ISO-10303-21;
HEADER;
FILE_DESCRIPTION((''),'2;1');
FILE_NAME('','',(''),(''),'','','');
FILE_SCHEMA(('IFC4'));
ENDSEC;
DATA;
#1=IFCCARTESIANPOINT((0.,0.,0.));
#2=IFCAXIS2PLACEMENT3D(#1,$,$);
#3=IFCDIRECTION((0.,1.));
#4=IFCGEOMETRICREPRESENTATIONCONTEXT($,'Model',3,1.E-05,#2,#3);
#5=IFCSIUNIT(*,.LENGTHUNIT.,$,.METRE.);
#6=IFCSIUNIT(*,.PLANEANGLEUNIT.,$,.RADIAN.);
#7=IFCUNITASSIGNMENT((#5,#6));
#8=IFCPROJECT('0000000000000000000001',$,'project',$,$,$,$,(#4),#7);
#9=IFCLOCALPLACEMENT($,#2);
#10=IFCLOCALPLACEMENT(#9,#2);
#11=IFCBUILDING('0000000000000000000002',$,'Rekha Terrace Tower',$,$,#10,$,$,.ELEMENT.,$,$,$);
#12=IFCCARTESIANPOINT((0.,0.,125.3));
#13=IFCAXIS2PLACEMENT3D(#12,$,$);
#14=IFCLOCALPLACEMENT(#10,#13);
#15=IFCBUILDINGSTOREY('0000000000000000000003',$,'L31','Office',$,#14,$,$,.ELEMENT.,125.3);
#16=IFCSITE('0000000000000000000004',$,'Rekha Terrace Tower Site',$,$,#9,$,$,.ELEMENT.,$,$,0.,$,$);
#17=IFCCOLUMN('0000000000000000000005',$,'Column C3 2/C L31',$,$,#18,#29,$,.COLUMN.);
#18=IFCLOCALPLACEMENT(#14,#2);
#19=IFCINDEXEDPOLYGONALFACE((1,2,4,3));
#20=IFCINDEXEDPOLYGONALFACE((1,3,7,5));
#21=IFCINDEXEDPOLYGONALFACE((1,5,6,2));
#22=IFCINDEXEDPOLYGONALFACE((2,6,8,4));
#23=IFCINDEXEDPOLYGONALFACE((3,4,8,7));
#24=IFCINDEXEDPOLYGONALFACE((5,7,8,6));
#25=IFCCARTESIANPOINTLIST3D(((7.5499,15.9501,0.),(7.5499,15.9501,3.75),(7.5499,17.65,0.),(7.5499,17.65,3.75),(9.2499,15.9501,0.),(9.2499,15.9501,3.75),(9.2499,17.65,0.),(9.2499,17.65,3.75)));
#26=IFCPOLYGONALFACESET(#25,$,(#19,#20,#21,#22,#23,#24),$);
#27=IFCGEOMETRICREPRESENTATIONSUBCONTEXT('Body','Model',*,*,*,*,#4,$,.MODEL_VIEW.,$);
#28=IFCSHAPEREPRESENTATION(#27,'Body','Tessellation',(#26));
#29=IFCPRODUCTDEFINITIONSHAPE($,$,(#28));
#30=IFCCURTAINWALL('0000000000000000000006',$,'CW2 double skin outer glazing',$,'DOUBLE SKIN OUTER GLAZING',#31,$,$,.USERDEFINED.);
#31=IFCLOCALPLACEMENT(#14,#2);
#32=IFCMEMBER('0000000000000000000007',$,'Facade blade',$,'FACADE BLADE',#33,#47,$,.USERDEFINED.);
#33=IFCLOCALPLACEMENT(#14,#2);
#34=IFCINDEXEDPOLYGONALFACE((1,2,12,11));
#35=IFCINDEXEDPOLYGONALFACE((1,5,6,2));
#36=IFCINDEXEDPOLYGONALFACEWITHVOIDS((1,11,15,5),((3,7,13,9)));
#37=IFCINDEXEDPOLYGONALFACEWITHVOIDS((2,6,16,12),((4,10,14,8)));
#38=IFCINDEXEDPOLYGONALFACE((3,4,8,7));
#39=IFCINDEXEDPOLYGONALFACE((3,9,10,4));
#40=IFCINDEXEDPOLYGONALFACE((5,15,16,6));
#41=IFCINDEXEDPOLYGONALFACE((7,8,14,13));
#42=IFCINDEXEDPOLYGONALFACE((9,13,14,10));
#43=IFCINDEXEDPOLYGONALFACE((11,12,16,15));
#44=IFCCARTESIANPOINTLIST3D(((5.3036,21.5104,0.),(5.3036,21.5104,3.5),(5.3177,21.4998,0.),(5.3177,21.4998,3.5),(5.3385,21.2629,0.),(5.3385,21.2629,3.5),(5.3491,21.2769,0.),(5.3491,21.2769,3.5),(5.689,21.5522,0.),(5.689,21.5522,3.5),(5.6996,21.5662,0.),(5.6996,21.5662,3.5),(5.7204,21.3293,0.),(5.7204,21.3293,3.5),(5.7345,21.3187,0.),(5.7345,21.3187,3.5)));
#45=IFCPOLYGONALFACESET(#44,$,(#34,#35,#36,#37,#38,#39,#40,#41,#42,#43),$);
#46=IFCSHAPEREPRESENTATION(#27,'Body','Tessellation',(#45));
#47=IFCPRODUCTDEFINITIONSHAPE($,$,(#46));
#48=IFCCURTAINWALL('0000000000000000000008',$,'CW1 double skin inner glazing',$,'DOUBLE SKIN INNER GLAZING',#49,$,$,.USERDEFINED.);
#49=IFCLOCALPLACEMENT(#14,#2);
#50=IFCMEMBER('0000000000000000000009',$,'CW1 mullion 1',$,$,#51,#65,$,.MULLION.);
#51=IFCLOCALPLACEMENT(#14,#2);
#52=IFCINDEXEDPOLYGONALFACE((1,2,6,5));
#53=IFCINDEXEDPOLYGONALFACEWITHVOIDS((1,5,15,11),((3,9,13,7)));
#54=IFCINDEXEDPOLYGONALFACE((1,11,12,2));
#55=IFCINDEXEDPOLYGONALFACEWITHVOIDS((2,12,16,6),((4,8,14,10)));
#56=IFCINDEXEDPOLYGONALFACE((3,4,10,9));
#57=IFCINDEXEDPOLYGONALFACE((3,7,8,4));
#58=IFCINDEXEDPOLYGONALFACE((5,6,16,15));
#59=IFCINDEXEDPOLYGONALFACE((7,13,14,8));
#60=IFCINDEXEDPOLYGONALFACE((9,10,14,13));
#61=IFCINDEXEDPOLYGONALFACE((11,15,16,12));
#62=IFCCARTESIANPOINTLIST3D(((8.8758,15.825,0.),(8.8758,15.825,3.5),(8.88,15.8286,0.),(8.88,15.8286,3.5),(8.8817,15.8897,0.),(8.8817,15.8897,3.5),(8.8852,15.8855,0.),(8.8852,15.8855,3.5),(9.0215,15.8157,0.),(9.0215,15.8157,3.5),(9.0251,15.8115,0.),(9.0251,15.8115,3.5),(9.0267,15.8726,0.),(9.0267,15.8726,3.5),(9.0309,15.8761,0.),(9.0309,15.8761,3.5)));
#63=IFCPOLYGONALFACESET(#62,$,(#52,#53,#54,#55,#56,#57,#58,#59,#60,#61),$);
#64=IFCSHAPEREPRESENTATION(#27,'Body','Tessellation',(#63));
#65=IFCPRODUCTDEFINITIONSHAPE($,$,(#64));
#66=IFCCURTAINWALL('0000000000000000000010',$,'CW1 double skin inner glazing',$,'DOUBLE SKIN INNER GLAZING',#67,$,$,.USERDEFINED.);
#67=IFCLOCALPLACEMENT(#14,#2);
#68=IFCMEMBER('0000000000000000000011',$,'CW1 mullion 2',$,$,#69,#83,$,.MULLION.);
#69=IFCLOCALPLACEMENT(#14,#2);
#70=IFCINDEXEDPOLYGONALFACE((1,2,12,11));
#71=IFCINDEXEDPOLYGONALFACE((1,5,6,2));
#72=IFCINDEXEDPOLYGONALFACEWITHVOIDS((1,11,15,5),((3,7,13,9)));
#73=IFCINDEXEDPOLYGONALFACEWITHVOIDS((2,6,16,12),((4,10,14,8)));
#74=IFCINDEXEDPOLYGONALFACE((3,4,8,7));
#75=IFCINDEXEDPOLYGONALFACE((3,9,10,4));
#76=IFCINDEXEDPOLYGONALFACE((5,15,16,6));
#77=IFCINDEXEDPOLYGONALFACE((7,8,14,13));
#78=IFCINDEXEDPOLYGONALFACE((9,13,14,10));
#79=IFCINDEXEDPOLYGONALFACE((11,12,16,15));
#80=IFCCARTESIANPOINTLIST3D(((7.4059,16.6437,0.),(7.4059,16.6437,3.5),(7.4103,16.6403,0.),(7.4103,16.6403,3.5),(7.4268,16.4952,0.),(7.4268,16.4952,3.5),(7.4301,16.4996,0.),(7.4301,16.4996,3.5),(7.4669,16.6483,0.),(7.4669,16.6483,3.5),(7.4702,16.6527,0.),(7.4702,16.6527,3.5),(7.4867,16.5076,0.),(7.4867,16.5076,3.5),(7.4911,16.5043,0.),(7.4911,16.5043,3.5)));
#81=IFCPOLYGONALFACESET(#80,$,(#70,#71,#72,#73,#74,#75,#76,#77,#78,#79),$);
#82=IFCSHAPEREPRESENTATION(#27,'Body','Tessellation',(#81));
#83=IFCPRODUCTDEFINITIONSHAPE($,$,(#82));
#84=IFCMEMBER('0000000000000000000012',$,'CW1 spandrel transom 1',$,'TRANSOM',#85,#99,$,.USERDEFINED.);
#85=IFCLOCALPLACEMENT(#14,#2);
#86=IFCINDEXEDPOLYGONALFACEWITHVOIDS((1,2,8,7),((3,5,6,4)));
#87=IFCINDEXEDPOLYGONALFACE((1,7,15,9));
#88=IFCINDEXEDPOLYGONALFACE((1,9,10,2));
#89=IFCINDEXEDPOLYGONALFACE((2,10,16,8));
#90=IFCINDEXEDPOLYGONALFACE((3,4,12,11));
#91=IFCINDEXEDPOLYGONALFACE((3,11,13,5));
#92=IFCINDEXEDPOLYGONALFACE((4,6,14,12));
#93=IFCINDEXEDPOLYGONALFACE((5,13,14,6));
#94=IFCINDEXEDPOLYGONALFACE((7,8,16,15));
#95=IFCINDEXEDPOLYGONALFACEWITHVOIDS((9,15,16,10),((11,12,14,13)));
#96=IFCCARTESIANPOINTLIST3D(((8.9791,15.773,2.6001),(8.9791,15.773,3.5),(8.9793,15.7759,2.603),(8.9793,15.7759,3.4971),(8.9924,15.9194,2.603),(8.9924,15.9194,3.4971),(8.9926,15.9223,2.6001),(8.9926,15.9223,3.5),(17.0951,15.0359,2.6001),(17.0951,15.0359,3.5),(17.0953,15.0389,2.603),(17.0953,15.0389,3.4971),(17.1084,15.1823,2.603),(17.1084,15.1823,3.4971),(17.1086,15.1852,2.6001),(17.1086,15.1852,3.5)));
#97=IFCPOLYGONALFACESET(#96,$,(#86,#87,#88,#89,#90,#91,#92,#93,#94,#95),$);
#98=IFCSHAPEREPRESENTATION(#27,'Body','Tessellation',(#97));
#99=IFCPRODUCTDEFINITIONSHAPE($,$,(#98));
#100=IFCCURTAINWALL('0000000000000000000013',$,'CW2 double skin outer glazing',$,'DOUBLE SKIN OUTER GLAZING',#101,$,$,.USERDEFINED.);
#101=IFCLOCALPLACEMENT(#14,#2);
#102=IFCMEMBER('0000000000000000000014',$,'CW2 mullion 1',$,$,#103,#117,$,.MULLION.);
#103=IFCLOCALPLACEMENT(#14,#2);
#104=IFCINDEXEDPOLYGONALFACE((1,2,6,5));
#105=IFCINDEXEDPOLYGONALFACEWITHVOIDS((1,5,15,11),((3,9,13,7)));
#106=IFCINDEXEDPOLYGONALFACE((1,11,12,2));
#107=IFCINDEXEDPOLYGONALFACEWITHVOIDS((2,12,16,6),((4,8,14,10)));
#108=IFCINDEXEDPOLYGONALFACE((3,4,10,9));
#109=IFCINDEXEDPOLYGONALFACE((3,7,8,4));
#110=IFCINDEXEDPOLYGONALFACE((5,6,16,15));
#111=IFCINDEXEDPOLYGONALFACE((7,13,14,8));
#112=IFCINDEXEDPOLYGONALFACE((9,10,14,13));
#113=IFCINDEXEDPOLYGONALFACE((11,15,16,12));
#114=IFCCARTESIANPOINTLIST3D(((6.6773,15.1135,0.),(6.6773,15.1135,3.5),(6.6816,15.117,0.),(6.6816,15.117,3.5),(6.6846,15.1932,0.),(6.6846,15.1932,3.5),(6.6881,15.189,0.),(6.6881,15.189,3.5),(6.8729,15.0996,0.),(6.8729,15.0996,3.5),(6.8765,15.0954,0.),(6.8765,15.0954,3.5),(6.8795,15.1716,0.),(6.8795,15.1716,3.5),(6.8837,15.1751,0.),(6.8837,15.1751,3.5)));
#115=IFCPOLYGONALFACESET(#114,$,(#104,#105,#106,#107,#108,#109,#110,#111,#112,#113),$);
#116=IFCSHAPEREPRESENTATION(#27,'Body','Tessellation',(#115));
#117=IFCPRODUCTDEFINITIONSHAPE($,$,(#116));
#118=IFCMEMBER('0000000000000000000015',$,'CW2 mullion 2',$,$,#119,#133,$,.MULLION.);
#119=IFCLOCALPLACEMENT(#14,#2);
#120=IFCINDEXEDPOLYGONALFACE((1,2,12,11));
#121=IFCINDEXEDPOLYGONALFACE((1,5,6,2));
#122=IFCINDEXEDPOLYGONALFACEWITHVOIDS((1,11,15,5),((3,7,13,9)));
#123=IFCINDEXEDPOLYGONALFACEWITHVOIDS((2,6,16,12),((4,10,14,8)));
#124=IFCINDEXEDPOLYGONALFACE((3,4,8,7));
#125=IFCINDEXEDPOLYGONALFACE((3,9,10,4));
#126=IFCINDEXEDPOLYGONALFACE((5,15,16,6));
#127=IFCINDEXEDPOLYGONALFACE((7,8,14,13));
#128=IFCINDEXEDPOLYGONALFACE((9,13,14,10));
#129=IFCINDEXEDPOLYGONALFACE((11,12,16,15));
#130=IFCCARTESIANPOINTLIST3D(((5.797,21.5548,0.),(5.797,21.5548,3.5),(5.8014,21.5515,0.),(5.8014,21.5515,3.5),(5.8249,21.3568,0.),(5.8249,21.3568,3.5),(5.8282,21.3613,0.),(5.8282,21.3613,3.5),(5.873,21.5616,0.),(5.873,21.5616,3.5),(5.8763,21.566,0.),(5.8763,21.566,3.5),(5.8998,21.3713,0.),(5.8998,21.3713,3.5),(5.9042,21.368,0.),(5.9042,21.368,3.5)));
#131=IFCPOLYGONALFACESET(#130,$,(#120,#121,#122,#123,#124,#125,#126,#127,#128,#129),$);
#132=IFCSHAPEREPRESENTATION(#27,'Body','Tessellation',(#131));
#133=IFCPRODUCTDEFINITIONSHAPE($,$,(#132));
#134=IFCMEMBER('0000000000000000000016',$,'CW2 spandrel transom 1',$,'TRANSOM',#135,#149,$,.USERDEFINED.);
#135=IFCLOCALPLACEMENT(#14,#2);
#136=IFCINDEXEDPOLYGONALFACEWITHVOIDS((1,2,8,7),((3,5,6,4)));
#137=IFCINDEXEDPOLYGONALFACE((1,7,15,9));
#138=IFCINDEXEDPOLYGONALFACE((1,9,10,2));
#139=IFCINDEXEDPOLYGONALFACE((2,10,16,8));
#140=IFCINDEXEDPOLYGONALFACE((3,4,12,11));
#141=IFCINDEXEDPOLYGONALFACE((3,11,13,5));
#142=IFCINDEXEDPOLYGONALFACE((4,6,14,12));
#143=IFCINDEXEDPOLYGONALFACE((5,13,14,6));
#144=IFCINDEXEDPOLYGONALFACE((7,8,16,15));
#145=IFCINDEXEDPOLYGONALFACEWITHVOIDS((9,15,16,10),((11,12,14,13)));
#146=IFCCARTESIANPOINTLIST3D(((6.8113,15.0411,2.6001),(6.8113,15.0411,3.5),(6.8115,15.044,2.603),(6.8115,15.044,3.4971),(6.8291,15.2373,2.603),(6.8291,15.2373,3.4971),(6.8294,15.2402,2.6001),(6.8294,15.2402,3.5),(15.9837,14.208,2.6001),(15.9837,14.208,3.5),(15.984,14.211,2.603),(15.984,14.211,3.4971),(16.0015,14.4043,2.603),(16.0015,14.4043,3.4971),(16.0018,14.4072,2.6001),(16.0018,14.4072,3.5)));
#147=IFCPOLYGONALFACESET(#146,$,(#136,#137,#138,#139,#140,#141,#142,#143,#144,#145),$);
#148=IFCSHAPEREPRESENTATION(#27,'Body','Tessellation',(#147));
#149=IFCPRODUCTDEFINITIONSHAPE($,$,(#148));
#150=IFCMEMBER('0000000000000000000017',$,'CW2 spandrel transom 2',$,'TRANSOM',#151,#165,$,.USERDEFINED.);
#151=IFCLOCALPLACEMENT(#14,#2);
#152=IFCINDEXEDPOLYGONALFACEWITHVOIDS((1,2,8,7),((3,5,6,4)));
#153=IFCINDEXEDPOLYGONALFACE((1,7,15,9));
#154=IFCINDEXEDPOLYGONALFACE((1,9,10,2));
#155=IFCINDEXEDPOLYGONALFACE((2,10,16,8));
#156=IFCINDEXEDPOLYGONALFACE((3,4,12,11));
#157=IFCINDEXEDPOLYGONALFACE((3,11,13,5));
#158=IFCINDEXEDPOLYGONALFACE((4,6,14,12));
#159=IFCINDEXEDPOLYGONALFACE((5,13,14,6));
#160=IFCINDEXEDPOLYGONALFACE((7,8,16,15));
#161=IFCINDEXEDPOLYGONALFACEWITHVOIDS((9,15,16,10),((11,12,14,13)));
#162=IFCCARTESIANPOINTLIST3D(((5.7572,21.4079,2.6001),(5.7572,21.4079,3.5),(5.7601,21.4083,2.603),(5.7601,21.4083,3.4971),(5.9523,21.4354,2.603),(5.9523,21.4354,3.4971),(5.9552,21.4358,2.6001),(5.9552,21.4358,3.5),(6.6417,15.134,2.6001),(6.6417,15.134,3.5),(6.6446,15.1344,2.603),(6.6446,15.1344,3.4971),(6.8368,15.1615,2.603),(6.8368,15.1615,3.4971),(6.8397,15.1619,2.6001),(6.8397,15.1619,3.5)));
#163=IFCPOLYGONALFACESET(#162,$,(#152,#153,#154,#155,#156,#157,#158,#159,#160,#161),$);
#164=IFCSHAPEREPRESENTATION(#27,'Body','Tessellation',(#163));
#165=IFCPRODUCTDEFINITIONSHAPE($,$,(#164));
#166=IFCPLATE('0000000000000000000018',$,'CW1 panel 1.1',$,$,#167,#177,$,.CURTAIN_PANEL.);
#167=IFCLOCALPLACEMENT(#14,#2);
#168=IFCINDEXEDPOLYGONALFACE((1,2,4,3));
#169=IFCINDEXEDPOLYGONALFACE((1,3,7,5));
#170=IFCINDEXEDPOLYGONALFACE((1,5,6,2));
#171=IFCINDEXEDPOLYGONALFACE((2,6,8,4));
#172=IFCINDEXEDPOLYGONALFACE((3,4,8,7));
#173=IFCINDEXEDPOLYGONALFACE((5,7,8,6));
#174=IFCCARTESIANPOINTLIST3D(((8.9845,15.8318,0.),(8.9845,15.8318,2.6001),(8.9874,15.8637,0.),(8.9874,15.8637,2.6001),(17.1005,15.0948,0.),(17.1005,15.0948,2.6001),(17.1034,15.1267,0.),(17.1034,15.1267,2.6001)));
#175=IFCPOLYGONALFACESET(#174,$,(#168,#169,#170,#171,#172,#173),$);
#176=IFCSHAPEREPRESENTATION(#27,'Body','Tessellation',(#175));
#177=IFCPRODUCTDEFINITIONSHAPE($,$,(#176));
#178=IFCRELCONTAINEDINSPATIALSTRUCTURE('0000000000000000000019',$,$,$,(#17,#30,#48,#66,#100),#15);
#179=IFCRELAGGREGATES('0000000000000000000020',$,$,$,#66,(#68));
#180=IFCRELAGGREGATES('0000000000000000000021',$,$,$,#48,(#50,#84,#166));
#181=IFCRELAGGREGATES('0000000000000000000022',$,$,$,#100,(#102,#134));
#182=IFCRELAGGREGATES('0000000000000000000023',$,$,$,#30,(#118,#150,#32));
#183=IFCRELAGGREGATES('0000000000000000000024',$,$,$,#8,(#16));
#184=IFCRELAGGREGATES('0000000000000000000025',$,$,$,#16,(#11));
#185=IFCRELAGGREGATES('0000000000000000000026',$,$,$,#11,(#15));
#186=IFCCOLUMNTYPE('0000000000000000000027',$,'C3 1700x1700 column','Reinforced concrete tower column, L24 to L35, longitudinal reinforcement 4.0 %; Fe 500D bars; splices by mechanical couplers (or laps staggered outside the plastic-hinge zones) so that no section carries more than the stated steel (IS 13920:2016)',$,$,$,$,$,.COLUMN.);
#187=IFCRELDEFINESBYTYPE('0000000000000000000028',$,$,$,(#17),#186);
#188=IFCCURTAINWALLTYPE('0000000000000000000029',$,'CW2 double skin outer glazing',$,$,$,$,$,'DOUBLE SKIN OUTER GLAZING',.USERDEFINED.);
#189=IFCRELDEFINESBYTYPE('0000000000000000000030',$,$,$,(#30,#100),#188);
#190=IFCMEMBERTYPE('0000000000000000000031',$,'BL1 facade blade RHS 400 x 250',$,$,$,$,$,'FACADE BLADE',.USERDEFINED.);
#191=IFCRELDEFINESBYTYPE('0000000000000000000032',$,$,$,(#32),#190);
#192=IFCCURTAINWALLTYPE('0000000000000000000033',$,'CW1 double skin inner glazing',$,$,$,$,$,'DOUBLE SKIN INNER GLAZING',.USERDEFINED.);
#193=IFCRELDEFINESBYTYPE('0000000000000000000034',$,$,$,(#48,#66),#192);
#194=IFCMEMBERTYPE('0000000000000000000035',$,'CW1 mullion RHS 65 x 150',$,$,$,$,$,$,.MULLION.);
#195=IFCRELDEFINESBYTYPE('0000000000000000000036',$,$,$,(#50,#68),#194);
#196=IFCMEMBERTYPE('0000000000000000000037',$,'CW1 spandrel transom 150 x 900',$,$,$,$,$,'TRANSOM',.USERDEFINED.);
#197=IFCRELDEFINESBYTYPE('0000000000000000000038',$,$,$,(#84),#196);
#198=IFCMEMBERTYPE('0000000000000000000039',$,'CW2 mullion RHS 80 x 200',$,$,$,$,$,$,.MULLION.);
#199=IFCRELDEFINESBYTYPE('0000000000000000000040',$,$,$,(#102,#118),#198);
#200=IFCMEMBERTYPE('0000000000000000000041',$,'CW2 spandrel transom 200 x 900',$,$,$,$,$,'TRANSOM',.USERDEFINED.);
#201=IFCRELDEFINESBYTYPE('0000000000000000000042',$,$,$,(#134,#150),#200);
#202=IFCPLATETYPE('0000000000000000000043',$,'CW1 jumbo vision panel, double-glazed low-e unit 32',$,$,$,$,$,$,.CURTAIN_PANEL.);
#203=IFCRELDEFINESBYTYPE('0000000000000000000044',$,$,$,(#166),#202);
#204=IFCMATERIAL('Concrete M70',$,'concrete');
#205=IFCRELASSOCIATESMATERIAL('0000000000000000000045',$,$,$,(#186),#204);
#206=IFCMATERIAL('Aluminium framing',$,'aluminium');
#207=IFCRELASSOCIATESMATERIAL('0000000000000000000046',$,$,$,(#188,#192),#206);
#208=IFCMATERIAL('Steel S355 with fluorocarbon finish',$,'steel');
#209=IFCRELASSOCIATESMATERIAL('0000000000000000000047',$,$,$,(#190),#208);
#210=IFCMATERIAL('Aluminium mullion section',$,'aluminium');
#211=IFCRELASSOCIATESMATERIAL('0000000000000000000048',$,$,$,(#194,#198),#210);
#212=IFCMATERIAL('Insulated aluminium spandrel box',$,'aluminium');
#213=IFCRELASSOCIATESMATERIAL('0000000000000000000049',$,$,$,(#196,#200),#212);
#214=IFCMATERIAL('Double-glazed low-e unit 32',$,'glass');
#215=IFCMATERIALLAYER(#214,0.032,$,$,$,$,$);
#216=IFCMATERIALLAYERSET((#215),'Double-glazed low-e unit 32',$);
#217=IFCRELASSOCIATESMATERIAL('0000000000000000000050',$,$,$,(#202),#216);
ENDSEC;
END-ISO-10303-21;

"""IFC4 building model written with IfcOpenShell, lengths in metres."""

from ifc_helpers import new_model, si_unit, direction, frame, origin, origin_2d, place, context, subcontext, project, spatial, rectangle, hollow_rectangle, extrude, material, layer, layer_set, material_profile, profile_set, type_object, element, aggregate, save


model = new_model("IFC4")

# Units and contexts
model_context = context("Model", 3, precision=1e-05, world=origin(), true_north=direction((0.0, 1.0)))
body_context = subcontext(model_context, "Body", "Model", "MODEL_VIEW")
ifc_project = project(units=[si_unit("LENGTHUNIT", "METRE"), si_unit("PLANEANGLEUNIT", "RADIAN")], contexts=[model_context])

# Site, building, storey
site_placement = place(None, origin())
site = spatial("IfcSite", under=ifc_project, at=site_placement, Name="Rekha Terrace Tower Site", CompositionType="ELEMENT", RefElevation=0.0)
building_placement = place(site_placement, origin())
building = spatial("IfcBuilding", under=site, at=building_placement, Name="Rekha Terrace Tower", CompositionType="ELEMENT")
storey_placement = place(building_placement, frame((0.0, 0.0, 125.3)))
storey = spatial("IfcBuildingStorey", under=building, at=storey_placement, Name="L31", Description="Office", CompositionType="ELEMENT", Elevation=125.3)

# Column
ifc_material_1 = material(Name="Concrete M70", Category="concrete")
ifc_material_profile_1 = material_profile(ifc_material_1, rectangle(XDim=1.7, YDim=1.7, at=origin_2d()), Name="RC 1700x1700")
ifc_profile_set_1 = profile_set([ifc_material_profile_1], Name="Concrete M70")
column_type = type_object("IfcColumnType", Name="C3 1700x1700 column", Description="Reinforced concrete tower column, L24 to L35, longitudinal reinforcement 4.0 %; Fe 500D bars; splices by mechanical couplers (or laps staggered outside the plastic-hinge zones) so that no section carries more than the stated steel (IS 13920:2016)", PredefinedType="COLUMN", material=ifc_profile_set_1)
column_placement = place(storey_placement, frame((8.3999, 16.8, 0.0), z_axis=(0.0, 0.0, 1.0), x_axis=(1.0, 0.0, 0.0)))
element("IfcColumn", 1, at=column_placement, inside=storey, type_object=column_type, Name="Column C3 2/C L31", PredefinedType="COLUMN", context=body_context, shape_type="SweptSolid", body=[
    extrude(rectangle(XDim=1.7, YDim=1.7, at=origin_2d()), origin(), (0.0, 0.0, 1.0), 3.75),
])

# Curtain walls, members
ifc_material_2 = material(Name="Aluminium framing", Category="aluminium")
curtain_wall_type_1 = type_object("IfcCurtainWallType", Name="CW2 double skin outer glazing", ElementType="DOUBLE SKIN OUTER GLAZING", PredefinedType="USERDEFINED", material=ifc_material_2)
curtain_wall_1_placement = place(storey_placement, origin())
curtain_wall_1 = element("IfcCurtainWall", 2, at=curtain_wall_1_placement, inside=storey, type_object=curtain_wall_type_1, Name="CW2 double skin outer glazing", ObjectType="DOUBLE SKIN OUTER GLAZING", PredefinedType="USERDEFINED")
ifc_material_3 = material(Name="Steel S355 with fluorocarbon finish", Category="steel")
ifc_material_profile_2 = material_profile(ifc_material_3, hollow_rectangle(XDim=0.25, YDim=0.3999, WallThickness=0.0125, at=origin_2d()), Name="RHS400x250x12.5")
ifc_profile_set_2 = profile_set([ifc_material_profile_2], Name="Steel S355 with fluorocarbon finish")
member_type_1 = type_object("IfcMemberType", Name="BL1 facade blade RHS 400 x 250", ElementType="FACADE BLADE", PredefinedType="USERDEFINED", material=ifc_profile_set_2)
member_1_placement = place(storey_placement, frame((5.519, 21.4146, 0.0), z_axis=(0.0, 0.0, 1.0), x_axis=(0.139597, -0.990208, 0.0)))
member_1 = element("IfcMember", 3, at=member_1_placement, type_object=member_type_1, Name="Facade blade", ObjectType="FACADE BLADE", PredefinedType="USERDEFINED", context=body_context, shape_type="SweptSolid", body=[
    extrude(hollow_rectangle(XDim=0.25, YDim=0.3999, WallThickness=0.0125, at=origin_2d()), origin(), (0.0, 0.0, 1.0), 3.5),
])
curtain_wall_type_2 = type_object("IfcCurtainWallType", Name="CW1 double skin inner glazing", ElementType="DOUBLE SKIN INNER GLAZING", PredefinedType="USERDEFINED", material=ifc_material_2)
curtain_wall_2_placement = place(storey_placement, origin())
curtain_wall_2 = element("IfcCurtainWall", 4, at=curtain_wall_2_placement, inside=storey, type_object=curtain_wall_type_2, Name="CW1 double skin inner glazing", ObjectType="DOUBLE SKIN INNER GLAZING", PredefinedType="USERDEFINED")
ifc_material_4 = material(Name="Aluminium mullion section", Category="aluminium")
ifc_material_profile_3 = material_profile(ifc_material_4, hollow_rectangle(XDim=0.0649, YDim=0.1499, WallThickness=0.0039, at=origin_2d()), Name="AL RHS 65x150")
ifc_profile_set_3 = profile_set([ifc_material_profile_3], Name="Aluminium mullion section")
member_type_2 = type_object("IfcMemberType", Name="CW1 mullion RHS 65 x 150", PredefinedType="MULLION", material=ifc_profile_set_3)
member_2_placement = place(storey_placement, frame((8.9534, 15.8506, 0.0), z_axis=(0.0, 0.0, 1.0), x_axis=(0.09044, 0.995902, 0.0)))
member_2 = element("IfcMember", 5, at=member_2_placement, type_object=member_type_2, Name="CW1 mullion 1", PredefinedType="MULLION", context=body_context, shape_type="SweptSolid", body=[
    extrude(hollow_rectangle(XDim=0.0649, YDim=0.1499, WallThickness=0.0039, at=origin_2d()), origin(), (0.0, 0.0, 1.0), 3.5),
])
curtain_wall_3_placement = place(storey_placement, origin())
curtain_wall_3 = element("IfcCurtainWall", 6, at=curtain_wall_3_placement, inside=storey, type_object=curtain_wall_type_2, Name="CW1 double skin inner glazing", ObjectType="DOUBLE SKIN INNER GLAZING", PredefinedType="USERDEFINED")
member_3_placement = place(storey_placement, frame((7.4485, 16.574, 0.0), z_axis=(0.0, 0.0, 1.0), x_axis=(0.990208, 0.139597, 0.0)))
member_3 = element("IfcMember", 7, at=member_3_placement, type_object=member_type_2, Name="CW1 mullion 2", PredefinedType="MULLION", context=body_context, shape_type="SweptSolid", body=[
    extrude(hollow_rectangle(XDim=0.0649, YDim=0.1499, WallThickness=0.0039, at=origin_2d()), origin(), (0.0, 0.0, 1.0), 3.5),
])
aggregate(curtain_wall_3, [member_3])

# Member
ifc_material_5 = material(Name="Insulated aluminium spandrel box", Category="aluminium")
ifc_material_profile_4 = material_profile(ifc_material_5, hollow_rectangle(XDim=0.1499, YDim=0.8999, WallThickness=0.0029, at=origin_2d()), Name="AL SPANDREL BOX 150x900")
ifc_profile_set_4 = profile_set([ifc_material_profile_4], Name="Insulated aluminium spandrel box")
member_type_3 = type_object("IfcMemberType", Name="CW1 spandrel transom 150 x 900", ElementType="TRANSOM", PredefinedType="USERDEFINED", material=ifc_profile_set_4)
member_4_placement = place(storey_placement, frame((8.9858, 15.8477, 3.05), z_axis=(0.995902, -0.090444, 0.0), x_axis=(0.090444, 0.995902, 0.0)))
member_4 = element("IfcMember", 8, at=member_4_placement, type_object=member_type_3, Name="CW1 spandrel transom 1", ObjectType="TRANSOM", PredefinedType="USERDEFINED", context=body_context, shape_type="SweptSolid", body=[
    extrude(hollow_rectangle(XDim=0.1499, YDim=0.8999, WallThickness=0.0029, at=origin_2d()), origin(), (0.0, 0.0, 1.0), 8.1494),
])

# Curtain wall, member
curtain_wall_4_placement = place(storey_placement, origin())
curtain_wall_4 = element("IfcCurtainWall", 9, at=curtain_wall_4_placement, inside=storey, type_object=curtain_wall_type_1, Name="CW2 double skin outer glazing", ObjectType="DOUBLE SKIN OUTER GLAZING", PredefinedType="USERDEFINED")
ifc_material_profile_5 = material_profile(ifc_material_4, hollow_rectangle(XDim=0.0801, YDim=0.2, WallThickness=0.0039, at=origin_2d()), Name="AL RHS 80x200")
ifc_profile_set_5 = profile_set([ifc_material_profile_5], Name="Aluminium mullion section")
member_type_4 = type_object("IfcMemberType", Name="CW2 mullion RHS 80 x 200", PredefinedType="MULLION", material=ifc_profile_set_5)
member_5_placement = place(storey_placement, frame((6.7805, 15.1443, 0.0), z_axis=(0.0, 0.0, 1.0), x_axis=(0.09044, 0.995902, 0.0)))
member_5 = element("IfcMember", 10, at=member_5_placement, type_object=member_type_4, Name="CW2 mullion 1", PredefinedType="MULLION", context=body_context, shape_type="SweptSolid", body=[
    extrude(hollow_rectangle(XDim=0.0801, YDim=0.2, WallThickness=0.0039, at=origin_2d()), origin(), (0.0, 0.0, 1.0), 3.5),
])

# Members
member_6_placement = place(storey_placement, frame((5.8506, 21.4614, 0.0), z_axis=(0.0, 0.0, 1.0), x_axis=(0.990208, 0.139597, 0.0)))
member_6 = element("IfcMember", 11, at=member_6_placement, type_object=member_type_4, Name="CW2 mullion 2", PredefinedType="MULLION", context=body_context, shape_type="SweptSolid", body=[
    extrude(hollow_rectangle(XDim=0.0801, YDim=0.2, WallThickness=0.0039, at=origin_2d()), origin(), (0.0, 0.0, 1.0), 3.5),
])
ifc_material_profile_6 = material_profile(ifc_material_5, hollow_rectangle(XDim=0.2, YDim=0.8999, WallThickness=0.0029, at=origin_2d()), Name="AL SPANDREL BOX 200x900")
ifc_profile_set_6 = profile_set([ifc_material_profile_6], Name="Insulated aluminium spandrel box")
member_type_5 = type_object("IfcMemberType", Name="CW2 spandrel transom 200 x 900", ElementType="TRANSOM", PredefinedType="USERDEFINED", material=ifc_profile_set_6)
member_7_placement = place(storey_placement, frame((6.8203, 15.1406, 3.05), z_axis=(0.995901, -0.090445, 0.0), x_axis=(0.090445, 0.995901, 0.0)))
member_7 = element("IfcMember", 12, at=member_7_placement, type_object=member_type_5, Name="CW2 spandrel transom 1", ObjectType="TRANSOM", PredefinedType="USERDEFINED", context=body_context, shape_type="SweptSolid", body=[
    extrude(hollow_rectangle(XDim=0.2, YDim=0.8999, WallThickness=0.0029, at=origin_2d()), origin(), (0.0, 0.0, 1.0), 9.2102),
])
member_8_placement = place(storey_placement, frame((5.8562, 21.4219, 3.05), z_axis=(0.139603, -0.990208, 0.0), x_axis=(0.990208, 0.139603, 0.0)))
member_8 = element("IfcMember", 13, at=member_8_placement, type_object=member_type_5, Name="CW2 spandrel transom 2", ObjectType="TRANSOM", PredefinedType="USERDEFINED", context=body_context, shape_type="SweptSolid", body=[
    extrude(hollow_rectangle(XDim=0.2, YDim=0.8999, WallThickness=0.0029, at=origin_2d()), origin(), (0.0, 0.0, 1.0), 6.3359),
])

# Plate
ifc_material_6 = material(Name="Double-glazed low-e unit 32", Category="glass")
ifc_layer_1 = layer(ifc_material_6, 0.032)
ifc_layer_set_1 = layer_set([ifc_layer_1], Name="Double-glazed low-e unit 32")
plate_type_1 = type_object("IfcPlateType", Name="CW1 jumbo vision panel, double-glazed low-e unit 32", PredefinedType="CURTAIN_PANEL", material=ifc_layer_set_1)
plate_1_placement = place(storey_placement, frame((13.0439, 15.4792, 0.0), z_axis=(0.0, 0.0, 1.0), x_axis=(0.995902, -0.09044, 0.0)))
plate_1 = element("IfcPlate", 14, at=plate_1_placement, type_object=plate_type_1, Name="CW1 panel 1.1", PredefinedType="CURTAIN_PANEL", context=body_context, shape_type="SweptSolid", body=[
    extrude(rectangle(XDim=8.1494, YDim=0.032, at=origin_2d()), origin(), (0.0, 0.0, 1.0), 2.6001),
])
aggregate(curtain_wall_2, [member_2, member_4, plate_1])
aggregate(curtain_wall_4, [member_5, member_7])
aggregate(curtain_wall_1, [member_6, member_8, member_1])

save(model, "model.ifc")
